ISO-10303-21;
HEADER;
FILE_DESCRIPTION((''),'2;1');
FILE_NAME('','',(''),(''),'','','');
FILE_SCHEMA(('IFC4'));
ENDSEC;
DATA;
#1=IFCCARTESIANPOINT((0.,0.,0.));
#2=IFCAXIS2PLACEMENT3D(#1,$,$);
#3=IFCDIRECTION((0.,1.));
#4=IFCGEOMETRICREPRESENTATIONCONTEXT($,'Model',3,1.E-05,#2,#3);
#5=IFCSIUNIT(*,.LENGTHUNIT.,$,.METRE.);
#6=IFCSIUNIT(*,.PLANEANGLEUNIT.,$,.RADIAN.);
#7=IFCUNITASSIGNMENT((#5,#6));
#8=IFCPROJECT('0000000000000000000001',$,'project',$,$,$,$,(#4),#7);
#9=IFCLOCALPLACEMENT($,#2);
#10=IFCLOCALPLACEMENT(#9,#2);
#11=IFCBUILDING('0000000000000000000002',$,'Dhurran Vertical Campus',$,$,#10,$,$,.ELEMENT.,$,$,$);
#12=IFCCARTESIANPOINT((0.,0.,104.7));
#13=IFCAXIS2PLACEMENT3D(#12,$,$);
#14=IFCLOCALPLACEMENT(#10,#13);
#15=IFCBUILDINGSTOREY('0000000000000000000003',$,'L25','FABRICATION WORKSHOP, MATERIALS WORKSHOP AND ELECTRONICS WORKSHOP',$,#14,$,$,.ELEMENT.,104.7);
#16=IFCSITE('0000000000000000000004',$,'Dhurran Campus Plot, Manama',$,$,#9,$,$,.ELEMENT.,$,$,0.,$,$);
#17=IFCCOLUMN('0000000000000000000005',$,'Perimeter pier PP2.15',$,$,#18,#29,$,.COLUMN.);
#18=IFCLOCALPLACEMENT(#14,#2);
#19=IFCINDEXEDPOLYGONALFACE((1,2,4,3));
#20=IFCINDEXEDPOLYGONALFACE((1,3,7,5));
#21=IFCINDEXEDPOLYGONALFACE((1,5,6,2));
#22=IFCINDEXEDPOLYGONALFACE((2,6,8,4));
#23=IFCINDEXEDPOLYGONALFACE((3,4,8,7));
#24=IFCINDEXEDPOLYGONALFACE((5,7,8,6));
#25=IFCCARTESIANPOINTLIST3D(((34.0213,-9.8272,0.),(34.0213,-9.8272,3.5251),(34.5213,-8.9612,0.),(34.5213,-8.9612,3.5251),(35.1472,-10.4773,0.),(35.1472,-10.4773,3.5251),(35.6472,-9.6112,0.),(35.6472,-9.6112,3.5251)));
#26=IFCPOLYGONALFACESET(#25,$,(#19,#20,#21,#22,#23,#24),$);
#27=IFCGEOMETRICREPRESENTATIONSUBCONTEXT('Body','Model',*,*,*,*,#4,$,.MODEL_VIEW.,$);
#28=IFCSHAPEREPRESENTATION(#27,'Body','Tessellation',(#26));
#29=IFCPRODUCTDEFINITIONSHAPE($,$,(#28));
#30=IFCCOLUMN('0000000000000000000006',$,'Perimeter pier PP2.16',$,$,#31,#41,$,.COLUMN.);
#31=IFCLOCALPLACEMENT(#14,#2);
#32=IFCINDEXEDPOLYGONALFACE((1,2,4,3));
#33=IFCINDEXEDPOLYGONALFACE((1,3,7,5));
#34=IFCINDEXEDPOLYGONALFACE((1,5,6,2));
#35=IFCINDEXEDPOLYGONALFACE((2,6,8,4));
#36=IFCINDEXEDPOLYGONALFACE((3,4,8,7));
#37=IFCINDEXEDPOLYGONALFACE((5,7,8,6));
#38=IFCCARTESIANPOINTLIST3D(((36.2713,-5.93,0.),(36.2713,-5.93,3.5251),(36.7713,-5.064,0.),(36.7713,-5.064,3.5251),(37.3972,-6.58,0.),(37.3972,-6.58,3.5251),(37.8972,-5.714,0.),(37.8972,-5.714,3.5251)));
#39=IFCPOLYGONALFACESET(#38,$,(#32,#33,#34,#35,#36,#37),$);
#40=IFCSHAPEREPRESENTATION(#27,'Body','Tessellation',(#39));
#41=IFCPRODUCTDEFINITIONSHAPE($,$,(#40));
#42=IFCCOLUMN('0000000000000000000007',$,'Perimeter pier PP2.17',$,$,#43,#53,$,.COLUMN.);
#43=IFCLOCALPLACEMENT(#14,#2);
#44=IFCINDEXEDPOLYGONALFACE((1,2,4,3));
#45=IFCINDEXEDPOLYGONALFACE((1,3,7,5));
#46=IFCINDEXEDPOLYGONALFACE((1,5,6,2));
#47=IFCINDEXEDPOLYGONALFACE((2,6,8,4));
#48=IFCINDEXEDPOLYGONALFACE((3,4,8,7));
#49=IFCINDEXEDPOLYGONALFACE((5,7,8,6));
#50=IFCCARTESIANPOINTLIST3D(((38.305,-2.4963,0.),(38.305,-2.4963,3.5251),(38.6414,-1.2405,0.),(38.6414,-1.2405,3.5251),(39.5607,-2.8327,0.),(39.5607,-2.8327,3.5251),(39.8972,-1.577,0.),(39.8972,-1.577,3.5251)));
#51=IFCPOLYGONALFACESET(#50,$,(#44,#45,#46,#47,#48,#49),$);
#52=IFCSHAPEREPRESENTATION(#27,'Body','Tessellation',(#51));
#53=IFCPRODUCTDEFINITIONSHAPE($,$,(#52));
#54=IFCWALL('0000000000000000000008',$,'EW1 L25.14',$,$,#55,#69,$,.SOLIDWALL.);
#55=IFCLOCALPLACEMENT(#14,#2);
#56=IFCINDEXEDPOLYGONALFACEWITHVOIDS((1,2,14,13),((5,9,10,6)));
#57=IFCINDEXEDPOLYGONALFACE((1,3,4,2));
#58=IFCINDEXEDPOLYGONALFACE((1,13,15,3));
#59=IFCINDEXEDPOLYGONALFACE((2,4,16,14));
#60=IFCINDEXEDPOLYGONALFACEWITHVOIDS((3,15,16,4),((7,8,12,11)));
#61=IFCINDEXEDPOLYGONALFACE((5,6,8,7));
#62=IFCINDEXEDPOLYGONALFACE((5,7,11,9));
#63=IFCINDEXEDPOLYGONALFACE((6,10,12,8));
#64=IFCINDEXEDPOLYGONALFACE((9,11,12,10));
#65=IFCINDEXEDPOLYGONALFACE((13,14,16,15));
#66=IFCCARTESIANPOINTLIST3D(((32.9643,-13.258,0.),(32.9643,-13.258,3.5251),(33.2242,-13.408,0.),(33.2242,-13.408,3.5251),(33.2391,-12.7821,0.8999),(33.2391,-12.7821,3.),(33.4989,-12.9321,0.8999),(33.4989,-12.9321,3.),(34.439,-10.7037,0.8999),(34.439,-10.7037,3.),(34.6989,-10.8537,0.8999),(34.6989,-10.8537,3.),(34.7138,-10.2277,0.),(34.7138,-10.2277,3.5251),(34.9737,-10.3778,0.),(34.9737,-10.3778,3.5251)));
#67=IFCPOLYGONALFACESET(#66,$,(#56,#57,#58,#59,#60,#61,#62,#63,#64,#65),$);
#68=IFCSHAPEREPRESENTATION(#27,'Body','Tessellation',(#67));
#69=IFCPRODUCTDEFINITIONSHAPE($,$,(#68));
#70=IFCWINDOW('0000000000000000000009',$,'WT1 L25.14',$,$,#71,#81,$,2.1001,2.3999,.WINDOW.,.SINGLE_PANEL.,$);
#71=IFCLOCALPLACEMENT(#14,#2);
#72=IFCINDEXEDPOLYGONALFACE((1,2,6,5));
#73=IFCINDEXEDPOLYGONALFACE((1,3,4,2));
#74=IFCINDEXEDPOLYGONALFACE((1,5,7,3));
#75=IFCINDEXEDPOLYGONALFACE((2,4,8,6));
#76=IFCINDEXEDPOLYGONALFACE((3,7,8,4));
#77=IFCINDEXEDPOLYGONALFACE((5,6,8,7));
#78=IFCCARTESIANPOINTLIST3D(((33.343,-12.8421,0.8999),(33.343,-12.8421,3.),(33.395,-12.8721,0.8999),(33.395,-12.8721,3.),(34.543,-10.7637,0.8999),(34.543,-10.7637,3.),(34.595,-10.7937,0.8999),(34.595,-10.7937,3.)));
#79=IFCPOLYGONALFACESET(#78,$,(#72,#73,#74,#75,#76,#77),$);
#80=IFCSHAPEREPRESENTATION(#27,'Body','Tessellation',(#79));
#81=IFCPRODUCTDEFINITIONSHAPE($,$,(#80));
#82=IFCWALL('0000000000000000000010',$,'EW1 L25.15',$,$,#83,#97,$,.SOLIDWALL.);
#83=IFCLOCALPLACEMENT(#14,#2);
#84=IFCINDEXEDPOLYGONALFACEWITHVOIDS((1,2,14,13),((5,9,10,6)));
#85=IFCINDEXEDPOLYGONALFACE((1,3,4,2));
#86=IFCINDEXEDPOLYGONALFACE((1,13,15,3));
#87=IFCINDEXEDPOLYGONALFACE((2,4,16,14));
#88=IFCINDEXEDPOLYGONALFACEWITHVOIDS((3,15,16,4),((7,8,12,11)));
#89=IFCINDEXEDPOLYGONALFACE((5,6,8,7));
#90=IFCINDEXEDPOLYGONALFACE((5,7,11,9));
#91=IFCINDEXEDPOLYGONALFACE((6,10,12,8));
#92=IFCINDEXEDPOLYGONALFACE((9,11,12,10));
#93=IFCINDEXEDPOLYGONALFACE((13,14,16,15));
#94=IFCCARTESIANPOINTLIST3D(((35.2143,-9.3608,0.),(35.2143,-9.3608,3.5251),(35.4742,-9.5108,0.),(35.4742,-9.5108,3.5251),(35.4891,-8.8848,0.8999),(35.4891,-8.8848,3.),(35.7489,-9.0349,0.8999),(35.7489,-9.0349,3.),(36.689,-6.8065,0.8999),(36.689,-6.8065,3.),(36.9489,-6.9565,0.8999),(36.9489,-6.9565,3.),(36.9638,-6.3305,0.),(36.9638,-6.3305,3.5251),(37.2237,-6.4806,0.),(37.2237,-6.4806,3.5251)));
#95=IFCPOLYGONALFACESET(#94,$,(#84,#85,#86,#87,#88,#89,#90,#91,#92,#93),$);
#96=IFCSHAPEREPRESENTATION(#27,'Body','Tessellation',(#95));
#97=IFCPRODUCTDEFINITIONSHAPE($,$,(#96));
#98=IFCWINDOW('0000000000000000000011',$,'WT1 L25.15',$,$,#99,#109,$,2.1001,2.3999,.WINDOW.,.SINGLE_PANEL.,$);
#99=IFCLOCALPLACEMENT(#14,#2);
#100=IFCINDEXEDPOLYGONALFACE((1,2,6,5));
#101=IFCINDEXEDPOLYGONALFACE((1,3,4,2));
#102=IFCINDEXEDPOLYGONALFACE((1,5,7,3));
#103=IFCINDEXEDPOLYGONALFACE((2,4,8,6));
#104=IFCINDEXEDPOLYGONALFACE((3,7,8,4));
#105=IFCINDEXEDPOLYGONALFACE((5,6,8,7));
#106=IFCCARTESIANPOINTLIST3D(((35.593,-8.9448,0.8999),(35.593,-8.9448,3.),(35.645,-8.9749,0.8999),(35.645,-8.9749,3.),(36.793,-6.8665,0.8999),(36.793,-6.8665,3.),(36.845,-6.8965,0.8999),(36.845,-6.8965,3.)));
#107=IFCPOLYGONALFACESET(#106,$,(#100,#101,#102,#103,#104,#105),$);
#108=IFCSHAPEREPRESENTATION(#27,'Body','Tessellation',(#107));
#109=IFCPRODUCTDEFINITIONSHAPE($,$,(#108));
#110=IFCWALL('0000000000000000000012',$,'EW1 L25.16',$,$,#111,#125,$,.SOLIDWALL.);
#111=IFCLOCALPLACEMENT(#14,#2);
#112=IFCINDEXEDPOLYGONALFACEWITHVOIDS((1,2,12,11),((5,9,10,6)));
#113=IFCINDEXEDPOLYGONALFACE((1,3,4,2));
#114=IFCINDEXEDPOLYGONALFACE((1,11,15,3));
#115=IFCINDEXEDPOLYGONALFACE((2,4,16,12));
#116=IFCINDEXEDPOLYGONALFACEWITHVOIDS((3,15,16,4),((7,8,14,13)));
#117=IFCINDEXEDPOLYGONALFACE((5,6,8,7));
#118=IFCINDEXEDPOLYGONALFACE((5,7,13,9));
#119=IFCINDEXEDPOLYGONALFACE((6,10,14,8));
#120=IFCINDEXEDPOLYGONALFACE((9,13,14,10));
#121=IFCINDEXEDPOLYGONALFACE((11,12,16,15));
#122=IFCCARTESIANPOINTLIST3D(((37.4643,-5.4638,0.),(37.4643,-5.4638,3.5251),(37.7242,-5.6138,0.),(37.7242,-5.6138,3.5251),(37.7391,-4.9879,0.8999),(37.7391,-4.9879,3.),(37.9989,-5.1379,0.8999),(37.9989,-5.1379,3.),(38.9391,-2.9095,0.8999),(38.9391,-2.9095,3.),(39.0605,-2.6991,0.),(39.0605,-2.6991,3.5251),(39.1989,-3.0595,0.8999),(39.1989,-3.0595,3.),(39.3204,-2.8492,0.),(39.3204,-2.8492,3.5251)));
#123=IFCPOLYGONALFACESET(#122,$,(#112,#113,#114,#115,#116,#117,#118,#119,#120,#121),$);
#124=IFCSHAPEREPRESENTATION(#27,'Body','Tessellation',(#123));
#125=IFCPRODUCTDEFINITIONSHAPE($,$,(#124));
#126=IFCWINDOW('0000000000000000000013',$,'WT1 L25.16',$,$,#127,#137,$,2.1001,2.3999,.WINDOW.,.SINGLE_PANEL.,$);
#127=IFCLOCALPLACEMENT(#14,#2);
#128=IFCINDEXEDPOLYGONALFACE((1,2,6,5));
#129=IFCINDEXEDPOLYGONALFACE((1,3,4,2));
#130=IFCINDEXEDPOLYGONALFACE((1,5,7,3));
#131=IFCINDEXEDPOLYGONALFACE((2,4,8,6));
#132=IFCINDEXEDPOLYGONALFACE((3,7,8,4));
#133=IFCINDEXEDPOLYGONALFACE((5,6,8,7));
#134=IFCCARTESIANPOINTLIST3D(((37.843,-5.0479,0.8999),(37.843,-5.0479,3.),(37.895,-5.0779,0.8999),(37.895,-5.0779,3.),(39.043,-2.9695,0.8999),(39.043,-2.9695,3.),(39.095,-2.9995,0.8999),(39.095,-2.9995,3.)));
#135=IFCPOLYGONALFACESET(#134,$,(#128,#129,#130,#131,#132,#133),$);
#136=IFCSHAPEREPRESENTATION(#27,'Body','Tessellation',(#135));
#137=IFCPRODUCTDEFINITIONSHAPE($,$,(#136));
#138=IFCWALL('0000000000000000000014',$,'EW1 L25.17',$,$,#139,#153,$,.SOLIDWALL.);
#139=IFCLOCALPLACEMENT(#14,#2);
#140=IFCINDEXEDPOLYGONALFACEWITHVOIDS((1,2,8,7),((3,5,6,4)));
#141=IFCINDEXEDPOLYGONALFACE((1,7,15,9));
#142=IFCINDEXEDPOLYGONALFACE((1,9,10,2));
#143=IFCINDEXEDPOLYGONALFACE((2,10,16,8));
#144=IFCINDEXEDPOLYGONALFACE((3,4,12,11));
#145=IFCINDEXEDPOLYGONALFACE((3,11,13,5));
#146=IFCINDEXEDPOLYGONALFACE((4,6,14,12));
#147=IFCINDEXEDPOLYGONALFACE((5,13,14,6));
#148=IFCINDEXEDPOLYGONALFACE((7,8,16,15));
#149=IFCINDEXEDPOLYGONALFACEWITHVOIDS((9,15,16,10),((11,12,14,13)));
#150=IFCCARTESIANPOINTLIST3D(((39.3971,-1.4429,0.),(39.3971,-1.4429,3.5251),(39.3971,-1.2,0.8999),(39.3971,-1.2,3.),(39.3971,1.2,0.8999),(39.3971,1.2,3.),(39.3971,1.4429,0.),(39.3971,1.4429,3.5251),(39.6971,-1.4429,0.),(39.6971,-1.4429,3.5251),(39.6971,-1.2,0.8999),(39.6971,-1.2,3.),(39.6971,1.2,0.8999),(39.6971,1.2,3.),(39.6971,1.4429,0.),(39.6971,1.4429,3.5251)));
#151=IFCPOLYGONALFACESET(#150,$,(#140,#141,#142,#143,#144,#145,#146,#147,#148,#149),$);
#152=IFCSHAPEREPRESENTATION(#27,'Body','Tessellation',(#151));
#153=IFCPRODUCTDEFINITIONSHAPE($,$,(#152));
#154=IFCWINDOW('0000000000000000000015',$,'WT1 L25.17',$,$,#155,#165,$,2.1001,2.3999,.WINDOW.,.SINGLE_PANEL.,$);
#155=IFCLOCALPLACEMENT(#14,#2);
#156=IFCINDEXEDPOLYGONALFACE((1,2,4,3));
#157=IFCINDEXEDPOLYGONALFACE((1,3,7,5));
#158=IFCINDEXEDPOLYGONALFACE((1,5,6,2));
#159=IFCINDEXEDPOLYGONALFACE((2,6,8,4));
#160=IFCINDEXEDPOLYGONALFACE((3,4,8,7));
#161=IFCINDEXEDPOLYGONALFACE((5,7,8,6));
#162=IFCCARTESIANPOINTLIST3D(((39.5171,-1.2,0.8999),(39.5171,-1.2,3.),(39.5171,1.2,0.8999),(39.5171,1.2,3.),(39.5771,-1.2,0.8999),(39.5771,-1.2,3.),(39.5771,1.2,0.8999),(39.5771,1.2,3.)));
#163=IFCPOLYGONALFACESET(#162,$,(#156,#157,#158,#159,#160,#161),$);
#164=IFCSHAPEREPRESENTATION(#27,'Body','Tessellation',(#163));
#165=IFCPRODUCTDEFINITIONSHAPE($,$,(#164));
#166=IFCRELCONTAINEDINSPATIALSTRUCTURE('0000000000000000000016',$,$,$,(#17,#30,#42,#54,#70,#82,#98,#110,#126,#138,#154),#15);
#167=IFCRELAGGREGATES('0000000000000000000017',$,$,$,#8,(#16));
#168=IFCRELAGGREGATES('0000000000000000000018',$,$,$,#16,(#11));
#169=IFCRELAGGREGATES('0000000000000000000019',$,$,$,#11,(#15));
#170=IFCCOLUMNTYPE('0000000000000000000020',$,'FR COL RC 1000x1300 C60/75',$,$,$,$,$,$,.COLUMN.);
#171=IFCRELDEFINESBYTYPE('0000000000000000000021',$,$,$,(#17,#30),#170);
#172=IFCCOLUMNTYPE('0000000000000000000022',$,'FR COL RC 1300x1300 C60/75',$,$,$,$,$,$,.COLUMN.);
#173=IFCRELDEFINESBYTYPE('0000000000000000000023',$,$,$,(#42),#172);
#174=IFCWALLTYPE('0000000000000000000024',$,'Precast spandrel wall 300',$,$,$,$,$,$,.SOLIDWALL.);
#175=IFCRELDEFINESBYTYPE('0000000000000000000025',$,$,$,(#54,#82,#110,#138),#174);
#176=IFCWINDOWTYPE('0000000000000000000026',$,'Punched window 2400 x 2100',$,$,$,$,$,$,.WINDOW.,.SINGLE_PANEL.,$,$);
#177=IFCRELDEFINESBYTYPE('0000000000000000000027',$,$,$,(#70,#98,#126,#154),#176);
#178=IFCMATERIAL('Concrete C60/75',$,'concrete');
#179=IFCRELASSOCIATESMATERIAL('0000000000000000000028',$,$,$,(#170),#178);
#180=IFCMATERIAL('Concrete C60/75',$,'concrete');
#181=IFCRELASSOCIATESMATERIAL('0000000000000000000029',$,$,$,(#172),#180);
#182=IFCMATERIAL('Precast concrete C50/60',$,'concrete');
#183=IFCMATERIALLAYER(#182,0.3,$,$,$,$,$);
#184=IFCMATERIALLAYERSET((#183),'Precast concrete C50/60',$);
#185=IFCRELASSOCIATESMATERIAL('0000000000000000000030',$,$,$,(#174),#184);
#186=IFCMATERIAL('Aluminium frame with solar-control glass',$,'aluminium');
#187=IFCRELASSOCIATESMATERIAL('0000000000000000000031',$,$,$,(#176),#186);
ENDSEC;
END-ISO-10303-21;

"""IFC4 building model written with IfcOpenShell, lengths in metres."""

from ifc_helpers import new_model, si_unit, direction, frame, frame_2d, origin, origin_2d, place, context, subcontext, project, spatial, rectangle, extrude, material, layer, layer_set, material_profile, profile_set, type_object, element, fill, save


model = new_model("IFC4")

# Units and contexts
model_context = context("Model", 3, precision=1e-05, world=origin(), true_north=direction((0.0, 1.0)))
body_context = subcontext(model_context, "Body", "Model", "MODEL_VIEW")
ifc_project = project(units=[si_unit("LENGTHUNIT", "METRE"), si_unit("PLANEANGLEUNIT", "RADIAN")], contexts=[model_context])

# Site, building, storey
site_placement = place(None, origin())
site = spatial("IfcSite", under=ifc_project, at=site_placement, Name="Dhurran Campus Plot, Manama", CompositionType="ELEMENT", RefElevation=0.0)
building_placement = place(site_placement, origin())
building = spatial("IfcBuilding", under=site, at=building_placement, Name="Dhurran Vertical Campus", CompositionType="ELEMENT")
storey_placement = place(building_placement, frame((0.0, 0.0, 104.7)))
storey = spatial("IfcBuildingStorey", under=building, at=storey_placement, Name="L25", Description="FABRICATION WORKSHOP, MATERIALS WORKSHOP AND ELECTRONICS WORKSHOP", CompositionType="ELEMENT", Elevation=104.7)

# Columns
ifc_material_1 = material(Name="Concrete C60/75", Category="concrete")
ifc_material_profile_1 = material_profile(ifc_material_1, rectangle(XDim=1.0, YDim=1.3, at=origin_2d()), Name="RC 1000x1300")
ifc_profile_set_1 = profile_set([ifc_material_profile_1], Name="Concrete C60/75")
column_type_1 = type_object("IfcColumnType", Name="FR COL RC 1000x1300 C60/75", PredefinedType="COLUMN", material=ifc_profile_set_1)
for number, where, z_axis, x_axis, name in (
    (1, (34.8342, -9.7192, 0.0), (0.0, 0.0, 1.0), (0.5, 0.866025, 0.0), "Perimeter pier PP2.15"),
    (2, (37.0842, -5.822, 0.0), (0.0, 0.0, 1.0), (0.5, 0.866025, 0.0), "Perimeter pier PP2.16"),
):
    element("IfcColumn", number, at=place(storey_placement, frame(where, z_axis=z_axis, x_axis=x_axis)), inside=storey, type_object=column_type_1, Name=name, PredefinedType="COLUMN", context=body_context, shape_type="SweptSolid", body=[
        extrude(rectangle(XDim=1.0, YDim=1.3, at=origin_2d()), origin(), (0.0, 0.0, 1.0), 3.5251),
    ])
ifc_material_2 = material(Name="Concrete C60/75", Category="concrete")
ifc_material_profile_2 = material_profile(ifc_material_2, rectangle(XDim=1.3, YDim=1.3, at=origin_2d()), Name="RC 1300x1300")
ifc_profile_set_2 = profile_set([ifc_material_profile_2], Name="Concrete C60/75")
column_type_2 = type_object("IfcColumnType", Name="FR COL RC 1300x1300 C60/75", PredefinedType="COLUMN", material=ifc_profile_set_2)
column_placement = place(storey_placement, frame((39.1011, -2.0366, 0.0), z_axis=(0.0, 0.0, 1.0), x_axis=(0.258819, 0.965926, 0.0)))
element("IfcColumn", 3, at=column_placement, inside=storey, type_object=column_type_2, Name="Perimeter pier PP2.17", PredefinedType="COLUMN", context=body_context, shape_type="SweptSolid", body=[
    extrude(rectangle(XDim=1.3, YDim=1.3, at=origin_2d()), origin(), (0.0, 0.0, 1.0), 3.5251),
])

# Walls, openings, windows
ifc_material_3 = material(Name="Precast concrete C50/60", Category="concrete")
ifc_layer_1 = layer(ifc_material_3, 0.3)
ifc_layer_set_1 = layer_set([ifc_layer_1], Name="Precast concrete C50/60")
wall_type_1 = type_object("IfcWallType", Name="Precast spandrel wall 300", PredefinedType="SOLIDWALL", material=ifc_layer_set_1)
wall_1_placement = place(storey_placement, frame((33.0942, -13.333, 0.0), z_axis=(0.0, 0.0, 1.0), x_axis=(0.499996, 0.866028, 0.0)))
wall_1 = element("IfcWall", 4, at=wall_1_placement, inside=storey, type_object=wall_type_1, Name="EW1 L25.14", PredefinedType="SOLIDWALL", context=body_context, shape_type="SweptSolid", body=[
    extrude(rectangle(XDim=3.499, YDim=0.3, at=frame_2d((1.7495, 0.0))), origin(), (0.0, 0.0, 1.0), 3.5251),
])
opening_1_placement = place(wall_1_placement, frame((0.5496, 0.0, 0.8999)))
opening_1 = element("IfcOpeningElement", 5, at=opening_1_placement, cuts=wall_1, PredefinedType="OPENING", context=body_context, shape_type="SweptSolid", body=[
    extrude(rectangle(XDim=2.3999, YDim=2.1001, at=frame_2d((1.2, 1.05))), frame((0.0, 0.1599, 0.0), z_axis=(0.0, -1.0, 0.0), x_axis=(1.0, 0.0, 0.0)), (0.0, 0.0, 1.0), 0.3201),
])
ifc_material_4 = material(Name="Aluminium frame with solar-control glass", Category="aluminium")
window_type = type_object("IfcWindowType", Name="Punched window 2400 x 2100", PartitioningType="SINGLE_PANEL", PredefinedType="WINDOW", material=ifc_material_4)
window_1_placement = place(opening_1_placement, origin())
window_1 = element("IfcWindow", 6, at=window_1_placement, inside=storey, type_object=window_type, Name="WT1 L25.14", OverallHeight=2.1001, OverallWidth=2.3999, PartitioningType="SINGLE_PANEL", PredefinedType="WINDOW", context=body_context, shape_type="SweptSolid", body=[
    extrude(rectangle(XDim=2.3999, YDim=2.1001, at=frame_2d((1.2, 1.05))), frame((0.0, 0.03, 0.0), z_axis=(0.0, -1.0, 0.0), x_axis=(1.0, 0.0, 0.0)), (0.0, 0.0, 1.0), 0.0601),
])
fill(opening_1, window_1)
wall_2_placement = place(storey_placement, frame((35.3442, -9.4358, 0.0), z_axis=(0.0, 0.0, 1.0), x_axis=(0.499996, 0.866028, 0.0)))
wall_2 = element("IfcWall", 7, at=wall_2_placement, inside=storey, type_object=wall_type_1, Name="EW1 L25.15", PredefinedType="SOLIDWALL", context=body_context, shape_type="SweptSolid", body=[
    extrude(rectangle(XDim=3.499, YDim=0.3, at=frame_2d((1.7495, 0.0))), origin(), (0.0, 0.0, 1.0), 3.5251),
])
opening_2_placement = place(wall_2_placement, frame((0.5496, 0.0, 0.8999)))
opening_2 = element("IfcOpeningElement", 8, at=opening_2_placement, cuts=wall_2, PredefinedType="OPENING", context=body_context, shape_type="SweptSolid", body=[
    extrude(rectangle(XDim=2.3999, YDim=2.1001, at=frame_2d((1.2, 1.05))), frame((0.0, 0.1599, 0.0), z_axis=(0.0, -1.0, 0.0), x_axis=(1.0, 0.0, 0.0)), (0.0, 0.0, 1.0), 0.3201),
])
window_2_placement = place(opening_2_placement, origin())
window_2 = element("IfcWindow", 9, at=window_2_placement, inside=storey, type_object=window_type, Name="WT1 L25.15", OverallHeight=2.1001, OverallWidth=2.3999, PartitioningType="SINGLE_PANEL", PredefinedType="WINDOW", context=body_context, shape_type="SweptSolid", body=[
    extrude(rectangle(XDim=2.3999, YDim=2.1001, at=frame_2d((1.2, 1.05))), frame((0.0, 0.03, 0.0), z_axis=(0.0, -1.0, 0.0), x_axis=(1.0, 0.0, 0.0)), (0.0, 0.0, 1.0), 0.0601),
])
fill(opening_2, window_2)
wall_3_placement = place(storey_placement, frame((37.5942, -5.5388, 0.0), z_axis=(0.0, 0.0, 1.0), x_axis=(0.500005, 0.866023, 0.0)))
wall_3 = element("IfcWall", 10, at=wall_3_placement, inside=storey, type_object=wall_type_1, Name="EW1 L25.16", PredefinedType="SOLIDWALL", context=body_context, shape_type="SweptSolid", body=[
    extrude(rectangle(XDim=3.1924, YDim=0.3, at=frame_2d((1.5962, 0.0))), origin(), (0.0, 0.0, 1.0), 3.5251),
])
opening_3_placement = place(wall_3_placement, frame((0.5496, 0.0, 0.8999)))
opening_3 = element("IfcOpeningElement", 11, at=opening_3_placement, cuts=wall_3, PredefinedType="OPENING", context=body_context, shape_type="SweptSolid", body=[
    extrude(rectangle(XDim=2.3999, YDim=2.1001, at=frame_2d((1.2, 1.05))), frame((0.0, 0.1599, 0.0), z_axis=(0.0, -1.0, 0.0), x_axis=(1.0, 0.0, 0.0)), (0.0, 0.0, 1.0), 0.3201),
])
window_3_placement = place(opening_3_placement, origin())
window_3 = element("IfcWindow", 12, at=window_3_placement, inside=storey, type_object=window_type, Name="WT1 L25.16", OverallHeight=2.1001, OverallWidth=2.3999, PartitioningType="SINGLE_PANEL", PredefinedType="WINDOW", context=body_context, shape_type="SweptSolid", body=[
    extrude(rectangle(XDim=2.3999, YDim=2.1001, at=frame_2d((1.2, 1.05))), frame((0.0, 0.03, 0.0), z_axis=(0.0, -1.0, 0.0), x_axis=(1.0, 0.0, 0.0)), (0.0, 0.0, 1.0), 0.0601),
])
fill(opening_3, window_3)
wall_4_placement = place(storey_placement, frame((39.5471, -1.4429, 0.0), z_axis=(0.0, 0.0, 1.0), x_axis=(0.0, 1.0, 0.0)))
wall_4 = element("IfcWall", 13, at=wall_4_placement, inside=storey, type_object=wall_type_1, Name="EW1 L25.17", PredefinedType="SOLIDWALL", context=body_context, shape_type="SweptSolid", body=[
    extrude(rectangle(XDim=2.8857, YDim=0.3, at=frame_2d((1.4429, 0.0))), origin(), (0.0, 0.0, 1.0), 3.5251),
])
opening_4_placement = place(wall_4_placement, frame((0.2429, 0.0, 0.8999)))
opening_4 = element("IfcOpeningElement", 14, at=opening_4_placement, cuts=wall_4, PredefinedType="OPENING", context=body_context, shape_type="SweptSolid", body=[
    extrude(rectangle(XDim=2.3999, YDim=2.1001, at=frame_2d((1.2, 1.05))), frame((0.0, 0.1599, 0.0), z_axis=(0.0, -1.0, 0.0), x_axis=(1.0, 0.0, 0.0)), (0.0, 0.0, 1.0), 0.3201),
])
window_4_placement = place(opening_4_placement, origin())
window_4 = element("IfcWindow", 15, at=window_4_placement, inside=storey, type_object=window_type, Name="WT1 L25.17", OverallHeight=2.1001, OverallWidth=2.3999, PartitioningType="SINGLE_PANEL", PredefinedType="WINDOW", context=body_context, shape_type="SweptSolid", body=[
    extrude(rectangle(XDim=2.3999, YDim=2.1001, at=frame_2d((1.2, 1.05))), frame((0.0, 0.03, 0.0), z_axis=(0.0, -1.0, 0.0), x_axis=(1.0, 0.0, 0.0)), (0.0, 0.0, 1.0), 0.0601),
])
fill(opening_4, window_4)

save(model, "model.ifc")
